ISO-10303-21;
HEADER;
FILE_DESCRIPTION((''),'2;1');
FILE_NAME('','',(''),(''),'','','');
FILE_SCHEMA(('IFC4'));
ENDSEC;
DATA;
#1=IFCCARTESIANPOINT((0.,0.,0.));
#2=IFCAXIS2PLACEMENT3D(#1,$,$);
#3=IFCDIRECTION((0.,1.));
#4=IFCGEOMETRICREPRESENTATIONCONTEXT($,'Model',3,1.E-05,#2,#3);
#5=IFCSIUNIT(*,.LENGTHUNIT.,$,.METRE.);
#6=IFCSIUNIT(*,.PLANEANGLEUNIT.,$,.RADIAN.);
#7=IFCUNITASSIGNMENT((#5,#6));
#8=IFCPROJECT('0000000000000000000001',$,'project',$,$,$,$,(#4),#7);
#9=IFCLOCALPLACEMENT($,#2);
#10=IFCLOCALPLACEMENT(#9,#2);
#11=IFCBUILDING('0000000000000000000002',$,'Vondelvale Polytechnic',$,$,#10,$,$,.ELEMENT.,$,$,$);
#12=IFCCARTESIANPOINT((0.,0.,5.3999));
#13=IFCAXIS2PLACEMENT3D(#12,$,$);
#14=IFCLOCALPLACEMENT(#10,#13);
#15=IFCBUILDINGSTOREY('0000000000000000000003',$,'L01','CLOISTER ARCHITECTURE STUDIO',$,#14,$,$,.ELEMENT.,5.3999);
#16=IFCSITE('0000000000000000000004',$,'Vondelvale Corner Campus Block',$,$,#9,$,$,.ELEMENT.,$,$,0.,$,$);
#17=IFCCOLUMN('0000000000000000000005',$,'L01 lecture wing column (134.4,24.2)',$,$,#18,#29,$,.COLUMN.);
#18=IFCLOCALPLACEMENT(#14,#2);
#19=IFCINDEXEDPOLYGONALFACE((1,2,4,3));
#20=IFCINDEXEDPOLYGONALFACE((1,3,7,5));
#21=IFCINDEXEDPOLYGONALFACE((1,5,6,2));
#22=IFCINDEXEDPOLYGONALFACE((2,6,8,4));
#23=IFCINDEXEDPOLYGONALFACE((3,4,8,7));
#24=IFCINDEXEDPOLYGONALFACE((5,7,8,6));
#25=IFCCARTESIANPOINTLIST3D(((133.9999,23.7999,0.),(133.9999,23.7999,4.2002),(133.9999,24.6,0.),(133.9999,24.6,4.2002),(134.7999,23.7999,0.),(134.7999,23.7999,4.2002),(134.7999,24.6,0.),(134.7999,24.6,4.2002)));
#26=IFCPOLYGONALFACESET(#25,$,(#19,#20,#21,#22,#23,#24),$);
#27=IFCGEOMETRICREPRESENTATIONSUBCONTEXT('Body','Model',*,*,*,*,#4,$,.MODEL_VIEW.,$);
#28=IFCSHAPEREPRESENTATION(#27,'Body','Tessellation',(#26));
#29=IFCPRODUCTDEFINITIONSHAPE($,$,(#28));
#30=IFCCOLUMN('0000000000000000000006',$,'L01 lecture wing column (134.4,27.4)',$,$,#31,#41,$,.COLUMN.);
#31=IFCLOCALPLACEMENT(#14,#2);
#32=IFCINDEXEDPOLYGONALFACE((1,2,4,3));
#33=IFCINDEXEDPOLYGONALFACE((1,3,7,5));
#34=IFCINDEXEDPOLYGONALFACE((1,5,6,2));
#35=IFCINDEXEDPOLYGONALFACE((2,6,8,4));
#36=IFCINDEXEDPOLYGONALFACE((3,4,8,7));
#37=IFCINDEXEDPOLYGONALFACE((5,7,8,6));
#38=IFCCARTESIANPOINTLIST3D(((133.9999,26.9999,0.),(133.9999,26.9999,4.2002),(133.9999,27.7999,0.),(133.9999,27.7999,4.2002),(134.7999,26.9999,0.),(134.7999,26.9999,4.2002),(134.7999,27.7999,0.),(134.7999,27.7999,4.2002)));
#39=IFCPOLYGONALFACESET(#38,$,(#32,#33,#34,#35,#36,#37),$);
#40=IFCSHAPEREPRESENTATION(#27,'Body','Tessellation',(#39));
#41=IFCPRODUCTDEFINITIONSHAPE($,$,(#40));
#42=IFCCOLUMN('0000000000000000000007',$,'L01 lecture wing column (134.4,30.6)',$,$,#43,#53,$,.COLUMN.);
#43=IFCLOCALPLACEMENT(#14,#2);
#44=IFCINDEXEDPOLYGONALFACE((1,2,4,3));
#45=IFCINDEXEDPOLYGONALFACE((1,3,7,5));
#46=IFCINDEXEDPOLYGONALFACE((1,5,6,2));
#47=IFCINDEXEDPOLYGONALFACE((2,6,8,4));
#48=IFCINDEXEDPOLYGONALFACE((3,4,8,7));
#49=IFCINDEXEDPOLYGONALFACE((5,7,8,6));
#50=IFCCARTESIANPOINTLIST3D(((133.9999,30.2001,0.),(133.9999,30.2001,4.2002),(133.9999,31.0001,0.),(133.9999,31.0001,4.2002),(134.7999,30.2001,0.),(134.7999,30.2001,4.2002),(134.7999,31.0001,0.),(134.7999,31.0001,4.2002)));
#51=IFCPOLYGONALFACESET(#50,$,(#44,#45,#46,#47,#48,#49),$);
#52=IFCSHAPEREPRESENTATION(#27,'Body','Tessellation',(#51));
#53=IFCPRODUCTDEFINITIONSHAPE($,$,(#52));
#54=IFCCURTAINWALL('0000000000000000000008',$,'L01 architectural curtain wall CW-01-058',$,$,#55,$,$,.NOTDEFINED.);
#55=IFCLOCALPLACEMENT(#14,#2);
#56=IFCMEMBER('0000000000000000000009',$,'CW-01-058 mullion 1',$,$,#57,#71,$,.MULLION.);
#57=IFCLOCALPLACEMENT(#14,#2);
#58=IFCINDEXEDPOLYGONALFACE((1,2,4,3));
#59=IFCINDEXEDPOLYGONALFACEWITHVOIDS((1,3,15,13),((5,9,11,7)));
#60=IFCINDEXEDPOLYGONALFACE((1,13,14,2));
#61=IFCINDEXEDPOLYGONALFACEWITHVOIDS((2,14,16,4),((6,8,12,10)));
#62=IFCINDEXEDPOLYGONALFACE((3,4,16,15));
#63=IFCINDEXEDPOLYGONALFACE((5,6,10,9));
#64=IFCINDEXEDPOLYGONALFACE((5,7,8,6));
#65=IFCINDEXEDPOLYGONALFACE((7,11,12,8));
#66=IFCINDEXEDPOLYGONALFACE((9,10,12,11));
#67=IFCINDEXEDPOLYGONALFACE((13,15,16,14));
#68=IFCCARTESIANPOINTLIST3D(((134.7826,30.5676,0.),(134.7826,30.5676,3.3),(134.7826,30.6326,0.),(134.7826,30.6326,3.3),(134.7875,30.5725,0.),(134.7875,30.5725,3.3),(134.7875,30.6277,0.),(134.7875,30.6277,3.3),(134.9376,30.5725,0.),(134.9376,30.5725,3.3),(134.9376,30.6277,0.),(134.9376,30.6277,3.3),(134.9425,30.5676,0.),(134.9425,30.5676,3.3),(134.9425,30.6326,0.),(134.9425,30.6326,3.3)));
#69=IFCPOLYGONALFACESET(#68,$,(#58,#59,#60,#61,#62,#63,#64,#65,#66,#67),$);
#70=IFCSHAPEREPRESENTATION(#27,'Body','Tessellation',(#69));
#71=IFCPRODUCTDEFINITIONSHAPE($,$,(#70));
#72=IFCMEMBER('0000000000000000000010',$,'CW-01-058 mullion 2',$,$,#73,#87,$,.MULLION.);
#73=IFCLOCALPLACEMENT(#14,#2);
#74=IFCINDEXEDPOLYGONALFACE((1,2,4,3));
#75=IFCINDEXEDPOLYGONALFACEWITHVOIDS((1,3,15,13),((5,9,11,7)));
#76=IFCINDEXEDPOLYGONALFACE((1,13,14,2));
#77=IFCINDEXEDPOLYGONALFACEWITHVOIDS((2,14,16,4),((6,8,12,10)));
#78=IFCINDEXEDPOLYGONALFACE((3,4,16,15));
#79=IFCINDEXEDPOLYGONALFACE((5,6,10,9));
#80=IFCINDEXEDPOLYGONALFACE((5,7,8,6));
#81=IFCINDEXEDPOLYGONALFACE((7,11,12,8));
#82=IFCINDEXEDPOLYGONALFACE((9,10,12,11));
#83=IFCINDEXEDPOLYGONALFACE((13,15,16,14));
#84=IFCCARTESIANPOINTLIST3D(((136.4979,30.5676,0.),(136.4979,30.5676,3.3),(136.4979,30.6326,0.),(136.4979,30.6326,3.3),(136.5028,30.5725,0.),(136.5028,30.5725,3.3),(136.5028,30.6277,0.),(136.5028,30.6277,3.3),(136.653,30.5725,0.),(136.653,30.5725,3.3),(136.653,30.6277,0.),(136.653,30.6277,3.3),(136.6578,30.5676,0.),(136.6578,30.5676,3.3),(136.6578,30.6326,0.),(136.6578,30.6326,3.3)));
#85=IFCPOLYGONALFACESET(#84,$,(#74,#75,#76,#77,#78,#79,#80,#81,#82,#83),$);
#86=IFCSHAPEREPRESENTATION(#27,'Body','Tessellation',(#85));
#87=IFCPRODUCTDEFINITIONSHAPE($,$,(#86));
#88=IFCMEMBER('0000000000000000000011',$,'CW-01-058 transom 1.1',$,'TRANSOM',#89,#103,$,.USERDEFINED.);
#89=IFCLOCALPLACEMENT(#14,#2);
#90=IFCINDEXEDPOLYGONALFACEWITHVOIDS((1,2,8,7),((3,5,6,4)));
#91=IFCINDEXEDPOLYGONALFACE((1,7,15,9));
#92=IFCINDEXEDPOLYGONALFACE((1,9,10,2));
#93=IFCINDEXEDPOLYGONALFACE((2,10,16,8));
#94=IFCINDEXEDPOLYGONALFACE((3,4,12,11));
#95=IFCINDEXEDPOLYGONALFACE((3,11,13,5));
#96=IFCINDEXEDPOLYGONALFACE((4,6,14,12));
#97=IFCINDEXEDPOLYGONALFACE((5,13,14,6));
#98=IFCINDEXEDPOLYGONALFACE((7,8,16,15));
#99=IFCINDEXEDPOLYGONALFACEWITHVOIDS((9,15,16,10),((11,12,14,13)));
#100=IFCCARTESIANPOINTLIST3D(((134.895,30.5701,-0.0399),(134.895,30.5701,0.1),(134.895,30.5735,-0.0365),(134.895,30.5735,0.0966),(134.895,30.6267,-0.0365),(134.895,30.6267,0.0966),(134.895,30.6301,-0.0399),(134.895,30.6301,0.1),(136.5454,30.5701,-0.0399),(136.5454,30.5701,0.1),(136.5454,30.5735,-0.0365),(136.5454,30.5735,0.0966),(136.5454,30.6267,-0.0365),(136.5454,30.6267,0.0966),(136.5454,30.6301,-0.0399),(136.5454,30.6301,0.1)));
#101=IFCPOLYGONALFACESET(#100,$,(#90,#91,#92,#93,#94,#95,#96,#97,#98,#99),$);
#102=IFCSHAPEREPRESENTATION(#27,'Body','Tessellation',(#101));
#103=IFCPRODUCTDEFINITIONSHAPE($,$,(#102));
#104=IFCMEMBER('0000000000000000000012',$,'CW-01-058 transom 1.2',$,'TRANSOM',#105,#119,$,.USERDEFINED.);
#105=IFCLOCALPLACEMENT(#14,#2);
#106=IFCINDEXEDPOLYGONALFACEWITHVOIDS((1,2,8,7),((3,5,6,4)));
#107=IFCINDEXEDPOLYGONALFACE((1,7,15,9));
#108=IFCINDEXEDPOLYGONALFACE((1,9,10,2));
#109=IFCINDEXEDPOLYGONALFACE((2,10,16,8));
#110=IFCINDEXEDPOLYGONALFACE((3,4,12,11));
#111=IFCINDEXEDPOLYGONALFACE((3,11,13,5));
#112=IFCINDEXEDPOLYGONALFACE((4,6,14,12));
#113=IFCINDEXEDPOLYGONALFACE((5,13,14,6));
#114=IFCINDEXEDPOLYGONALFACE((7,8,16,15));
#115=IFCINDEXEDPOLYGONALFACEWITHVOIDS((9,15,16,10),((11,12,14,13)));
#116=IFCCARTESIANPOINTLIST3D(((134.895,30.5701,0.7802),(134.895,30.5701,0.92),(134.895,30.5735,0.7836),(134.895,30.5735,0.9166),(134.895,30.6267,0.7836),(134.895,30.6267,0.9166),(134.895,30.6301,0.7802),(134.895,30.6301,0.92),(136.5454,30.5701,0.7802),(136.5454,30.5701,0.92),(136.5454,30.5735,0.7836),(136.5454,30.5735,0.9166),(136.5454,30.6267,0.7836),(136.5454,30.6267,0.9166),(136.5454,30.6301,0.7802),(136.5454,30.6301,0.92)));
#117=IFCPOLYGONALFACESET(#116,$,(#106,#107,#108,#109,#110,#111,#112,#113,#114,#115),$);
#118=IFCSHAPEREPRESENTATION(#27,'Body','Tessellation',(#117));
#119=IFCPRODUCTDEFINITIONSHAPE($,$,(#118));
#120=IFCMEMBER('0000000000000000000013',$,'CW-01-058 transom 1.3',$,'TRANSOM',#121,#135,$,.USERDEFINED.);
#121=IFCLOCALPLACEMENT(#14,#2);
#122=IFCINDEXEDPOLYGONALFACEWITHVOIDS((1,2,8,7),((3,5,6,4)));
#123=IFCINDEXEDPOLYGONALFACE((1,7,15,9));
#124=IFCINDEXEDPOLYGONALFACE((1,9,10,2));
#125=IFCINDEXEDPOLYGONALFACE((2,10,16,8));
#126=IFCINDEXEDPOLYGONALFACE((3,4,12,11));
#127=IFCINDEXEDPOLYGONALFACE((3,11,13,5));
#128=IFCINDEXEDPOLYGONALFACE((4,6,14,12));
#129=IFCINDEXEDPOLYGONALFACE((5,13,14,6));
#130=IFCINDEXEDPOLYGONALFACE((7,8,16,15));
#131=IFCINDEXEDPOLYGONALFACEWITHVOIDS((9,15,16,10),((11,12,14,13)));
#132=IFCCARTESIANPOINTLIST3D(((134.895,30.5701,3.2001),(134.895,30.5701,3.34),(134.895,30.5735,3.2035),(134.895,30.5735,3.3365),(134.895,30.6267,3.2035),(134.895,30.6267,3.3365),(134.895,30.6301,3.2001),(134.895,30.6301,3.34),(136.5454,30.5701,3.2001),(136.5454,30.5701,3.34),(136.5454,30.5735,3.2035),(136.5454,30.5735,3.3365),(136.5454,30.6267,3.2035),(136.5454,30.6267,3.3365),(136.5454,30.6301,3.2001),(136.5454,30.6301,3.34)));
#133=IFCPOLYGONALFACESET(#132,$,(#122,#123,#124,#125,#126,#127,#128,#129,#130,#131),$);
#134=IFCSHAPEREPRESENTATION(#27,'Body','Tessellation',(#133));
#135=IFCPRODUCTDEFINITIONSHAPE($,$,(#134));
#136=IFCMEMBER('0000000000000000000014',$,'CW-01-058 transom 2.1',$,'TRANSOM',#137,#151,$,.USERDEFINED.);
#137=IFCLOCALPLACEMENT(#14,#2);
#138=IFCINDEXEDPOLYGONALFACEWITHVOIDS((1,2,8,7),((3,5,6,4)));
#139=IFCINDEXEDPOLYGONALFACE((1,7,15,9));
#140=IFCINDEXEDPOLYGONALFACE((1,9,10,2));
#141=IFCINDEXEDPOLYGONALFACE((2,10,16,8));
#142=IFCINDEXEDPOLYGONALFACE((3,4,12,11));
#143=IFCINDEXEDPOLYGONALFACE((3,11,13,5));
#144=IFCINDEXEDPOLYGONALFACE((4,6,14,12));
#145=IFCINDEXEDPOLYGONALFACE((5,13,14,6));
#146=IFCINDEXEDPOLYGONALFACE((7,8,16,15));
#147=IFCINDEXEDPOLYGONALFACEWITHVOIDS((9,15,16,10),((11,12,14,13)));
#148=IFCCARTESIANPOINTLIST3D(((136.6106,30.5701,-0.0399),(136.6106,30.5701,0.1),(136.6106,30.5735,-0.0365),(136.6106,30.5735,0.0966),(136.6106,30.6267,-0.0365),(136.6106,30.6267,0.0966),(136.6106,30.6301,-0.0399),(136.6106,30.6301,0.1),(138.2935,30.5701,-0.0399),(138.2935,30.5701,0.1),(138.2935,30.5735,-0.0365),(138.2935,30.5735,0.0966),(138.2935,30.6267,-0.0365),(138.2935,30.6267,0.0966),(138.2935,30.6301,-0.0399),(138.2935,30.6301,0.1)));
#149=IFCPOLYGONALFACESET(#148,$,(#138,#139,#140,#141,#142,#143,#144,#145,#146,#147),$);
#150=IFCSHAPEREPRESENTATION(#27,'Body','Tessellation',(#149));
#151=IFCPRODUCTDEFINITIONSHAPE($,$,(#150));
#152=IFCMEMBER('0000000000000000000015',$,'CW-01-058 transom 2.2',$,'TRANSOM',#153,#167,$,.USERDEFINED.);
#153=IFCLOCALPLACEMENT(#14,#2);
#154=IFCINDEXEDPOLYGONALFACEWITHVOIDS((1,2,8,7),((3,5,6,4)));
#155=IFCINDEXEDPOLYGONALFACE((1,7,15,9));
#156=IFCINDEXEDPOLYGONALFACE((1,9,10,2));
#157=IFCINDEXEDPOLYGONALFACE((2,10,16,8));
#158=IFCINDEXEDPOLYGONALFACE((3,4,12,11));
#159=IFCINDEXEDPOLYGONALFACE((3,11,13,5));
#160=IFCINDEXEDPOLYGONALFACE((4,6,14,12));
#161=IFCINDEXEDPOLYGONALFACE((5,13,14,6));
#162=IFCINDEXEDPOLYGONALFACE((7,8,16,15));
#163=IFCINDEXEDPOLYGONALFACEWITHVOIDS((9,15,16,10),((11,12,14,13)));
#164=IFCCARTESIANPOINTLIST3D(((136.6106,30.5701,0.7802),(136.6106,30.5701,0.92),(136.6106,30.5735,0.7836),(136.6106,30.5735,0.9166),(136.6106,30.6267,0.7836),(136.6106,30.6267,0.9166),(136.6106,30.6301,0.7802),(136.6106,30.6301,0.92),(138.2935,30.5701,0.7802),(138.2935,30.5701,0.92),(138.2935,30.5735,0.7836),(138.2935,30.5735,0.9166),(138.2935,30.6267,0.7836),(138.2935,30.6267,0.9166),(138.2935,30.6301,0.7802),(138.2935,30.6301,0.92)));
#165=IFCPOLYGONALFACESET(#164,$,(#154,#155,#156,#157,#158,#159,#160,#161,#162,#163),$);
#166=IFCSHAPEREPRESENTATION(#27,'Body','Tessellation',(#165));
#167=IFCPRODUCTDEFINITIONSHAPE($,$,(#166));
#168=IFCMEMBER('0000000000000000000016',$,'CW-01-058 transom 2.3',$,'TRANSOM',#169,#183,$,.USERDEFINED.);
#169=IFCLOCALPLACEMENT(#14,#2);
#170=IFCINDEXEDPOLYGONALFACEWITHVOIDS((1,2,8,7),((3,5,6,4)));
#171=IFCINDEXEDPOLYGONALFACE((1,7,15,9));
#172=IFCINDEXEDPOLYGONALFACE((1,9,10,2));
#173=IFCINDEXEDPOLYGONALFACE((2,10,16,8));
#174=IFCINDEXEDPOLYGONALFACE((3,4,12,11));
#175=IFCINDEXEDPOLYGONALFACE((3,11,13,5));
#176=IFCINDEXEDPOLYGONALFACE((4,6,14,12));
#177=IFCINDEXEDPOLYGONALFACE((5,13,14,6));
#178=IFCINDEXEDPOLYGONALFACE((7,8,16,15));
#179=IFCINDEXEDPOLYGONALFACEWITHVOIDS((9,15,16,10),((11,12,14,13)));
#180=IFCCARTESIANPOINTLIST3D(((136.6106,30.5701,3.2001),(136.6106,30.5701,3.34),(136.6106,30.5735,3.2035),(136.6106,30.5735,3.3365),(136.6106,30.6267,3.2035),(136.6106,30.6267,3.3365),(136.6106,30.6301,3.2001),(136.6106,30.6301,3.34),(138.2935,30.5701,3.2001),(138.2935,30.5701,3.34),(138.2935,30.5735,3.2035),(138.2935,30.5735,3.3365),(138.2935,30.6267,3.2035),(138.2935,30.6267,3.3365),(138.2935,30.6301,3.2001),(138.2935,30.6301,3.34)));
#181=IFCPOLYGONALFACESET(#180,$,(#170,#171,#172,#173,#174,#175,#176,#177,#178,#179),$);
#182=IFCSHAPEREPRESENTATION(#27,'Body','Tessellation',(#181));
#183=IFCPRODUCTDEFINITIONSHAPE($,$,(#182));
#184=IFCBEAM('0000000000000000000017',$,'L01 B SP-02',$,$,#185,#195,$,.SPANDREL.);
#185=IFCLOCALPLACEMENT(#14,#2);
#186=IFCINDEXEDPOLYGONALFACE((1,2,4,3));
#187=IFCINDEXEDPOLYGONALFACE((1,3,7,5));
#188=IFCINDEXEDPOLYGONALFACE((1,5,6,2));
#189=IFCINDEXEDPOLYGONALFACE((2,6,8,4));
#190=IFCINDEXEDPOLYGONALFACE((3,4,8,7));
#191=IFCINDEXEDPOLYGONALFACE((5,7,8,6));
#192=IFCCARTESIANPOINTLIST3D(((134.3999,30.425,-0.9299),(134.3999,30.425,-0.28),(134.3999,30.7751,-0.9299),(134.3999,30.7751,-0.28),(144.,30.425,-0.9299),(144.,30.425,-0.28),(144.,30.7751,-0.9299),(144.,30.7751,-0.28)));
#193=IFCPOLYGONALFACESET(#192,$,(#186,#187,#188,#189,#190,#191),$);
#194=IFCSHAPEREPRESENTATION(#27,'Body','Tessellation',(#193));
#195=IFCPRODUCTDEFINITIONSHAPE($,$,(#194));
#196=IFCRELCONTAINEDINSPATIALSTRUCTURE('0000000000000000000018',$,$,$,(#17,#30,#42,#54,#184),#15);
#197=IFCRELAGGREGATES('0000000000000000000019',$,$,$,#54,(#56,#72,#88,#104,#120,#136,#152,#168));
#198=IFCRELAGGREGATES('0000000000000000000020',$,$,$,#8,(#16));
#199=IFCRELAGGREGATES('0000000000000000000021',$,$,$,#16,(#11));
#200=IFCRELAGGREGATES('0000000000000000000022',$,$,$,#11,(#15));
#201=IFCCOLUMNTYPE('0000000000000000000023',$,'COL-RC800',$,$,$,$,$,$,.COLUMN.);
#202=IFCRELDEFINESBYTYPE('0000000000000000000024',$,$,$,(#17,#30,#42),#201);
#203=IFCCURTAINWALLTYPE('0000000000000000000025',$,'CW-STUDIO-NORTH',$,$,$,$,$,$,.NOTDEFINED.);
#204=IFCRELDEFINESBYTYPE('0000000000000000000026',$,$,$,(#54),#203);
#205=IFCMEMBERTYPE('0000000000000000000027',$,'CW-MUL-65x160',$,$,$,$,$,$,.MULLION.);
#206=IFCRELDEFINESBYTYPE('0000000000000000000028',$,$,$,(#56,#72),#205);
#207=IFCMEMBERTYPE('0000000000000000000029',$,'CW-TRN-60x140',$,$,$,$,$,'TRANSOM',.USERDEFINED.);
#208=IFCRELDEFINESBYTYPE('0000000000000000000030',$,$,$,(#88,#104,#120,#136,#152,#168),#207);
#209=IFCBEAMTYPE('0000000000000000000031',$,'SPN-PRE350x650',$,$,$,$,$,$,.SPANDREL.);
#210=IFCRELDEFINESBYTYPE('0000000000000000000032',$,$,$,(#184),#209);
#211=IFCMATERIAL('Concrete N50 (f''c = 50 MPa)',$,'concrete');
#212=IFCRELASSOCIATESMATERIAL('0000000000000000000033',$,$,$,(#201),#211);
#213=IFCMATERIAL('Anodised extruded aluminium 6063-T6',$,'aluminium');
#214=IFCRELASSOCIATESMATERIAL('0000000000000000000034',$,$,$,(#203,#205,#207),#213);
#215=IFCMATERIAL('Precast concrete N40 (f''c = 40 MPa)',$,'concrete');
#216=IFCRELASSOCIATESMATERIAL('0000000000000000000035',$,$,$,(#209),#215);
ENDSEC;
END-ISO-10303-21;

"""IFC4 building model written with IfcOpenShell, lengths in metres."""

from ifc_helpers import new_model, si_unit, direction, frame, origin, origin_2d, place, context, subcontext, project, spatial, rectangle, hollow_rectangle, extrude, material, material_profile, profile_set, type_object, element, aggregate, save


model = new_model("IFC4")

# Units and contexts
model_context = context("Model", 3, precision=1e-05, world=origin(), true_north=direction((0.0, 1.0)))
body_context = subcontext(model_context, "Body", "Model", "MODEL_VIEW")
ifc_project = project(units=[si_unit("LENGTHUNIT", "METRE"), si_unit("PLANEANGLEUNIT", "RADIAN")], contexts=[model_context])

# Site, building, storey
site_placement = place(None, origin())
site = spatial("IfcSite", under=ifc_project, at=site_placement, Name="Vondelvale Corner Campus Block", CompositionType="ELEMENT", RefElevation=0.0)
building_placement = place(site_placement, origin())
building = spatial("IfcBuilding", under=site, at=building_placement, Name="Vondelvale Polytechnic", CompositionType="ELEMENT")
storey_placement = place(building_placement, frame((0.0, 0.0, 5.3999)))
storey = spatial("IfcBuildingStorey", under=building, at=storey_placement, Name="L01", Description="CLOISTER ARCHITECTURE STUDIO", CompositionType="ELEMENT", Elevation=5.3999)

# Columns
ifc_material_1 = material(Name="Concrete N50 (f'c = 50 MPa)", Category="concrete")
ifc_material_profile_1 = material_profile(ifc_material_1, rectangle(XDim=0.8, YDim=0.8, at=origin_2d()), Name="RC-COL-800x800")
ifc_profile_set_1 = profile_set([ifc_material_profile_1], Name="Concrete N50 (f'c = 50 MPa)")
column_type = type_object("IfcColumnType", Name="COL-RC800", PredefinedType="COLUMN", material=ifc_profile_set_1)
for number, where, z_axis, x_axis, name in (
    (1, (134.3999, 24.2, 0.0), (0.0, 0.0, 1.0), (1.0, 0.0, 0.0), "L01 lecture wing column (134.4,24.2)"),
    (2, (134.3999, 27.3999, 0.0), (0.0, 0.0, 1.0), (1.0, 0.0, 0.0), "L01 lecture wing column (134.4,27.4)"),
    (3, (134.3999, 30.6001, 0.0), (0.0, 0.0, 1.0), (1.0, 0.0, 0.0), "L01 lecture wing column (134.4,30.6)"),
):
    element("IfcColumn", number, at=place(storey_placement, frame(where, z_axis=z_axis, x_axis=x_axis)), inside=storey, type_object=column_type, Name=name, PredefinedType="COLUMN", context=body_context, shape_type="SweptSolid", body=[
        extrude(rectangle(XDim=0.8, YDim=0.8, at=origin_2d()), origin(), (0.0, 0.0, 1.0), 4.2002),
    ])

# Curtain wall, members
ifc_material_2 = material(Name="Anodised extruded aluminium 6063-T6", Category="aluminium")
curtain_wall_type = type_object("IfcCurtainWallType", Name="CW-STUDIO-NORTH", PredefinedType="NOTDEFINED", material=ifc_material_2)
curtain_wall_placement = place(storey_placement, origin())
curtain_wall = element("IfcCurtainWall", 4, at=curtain_wall_placement, inside=storey, type_object=curtain_wall_type, Name="L01 architectural curtain wall CW-01-058", PredefinedType="NOTDEFINED")
ifc_material_profile_2 = material_profile(ifc_material_2, hollow_rectangle(XDim=0.0649, YDim=0.1599, WallThickness=0.0049, at=origin_2d()), Name="CW-MUL-160x65")
ifc_profile_set_2 = profile_set([ifc_material_profile_2], Name="Anodised extruded aluminium 6063-T6")
member_type_1 = type_object("IfcMemberType", Name="CW-MUL-65x160", PredefinedType="MULLION", material=ifc_profile_set_2)
member_1_placement = place(storey_placement, frame((134.8625, 30.6001, 0.0), z_axis=(0.0, 0.0, 1.0), x_axis=(0.0, 1.0, 0.0)))
member_1 = element("IfcMember", 5, at=member_1_placement, type_object=member_type_1, Name="CW-01-058 mullion 1", PredefinedType="MULLION", context=body_context, shape_type="SweptSolid", body=[
    extrude(hollow_rectangle(XDim=0.0649, YDim=0.1599, WallThickness=0.0049, at=origin_2d()), origin(), (0.0, 0.0, 1.0), 3.3),
])
member_2_placement = place(storey_placement, frame((136.5779, 30.6001, 0.0), z_axis=(0.0, 0.0, 1.0), x_axis=(0.0, 1.0, 0.0)))
member_2 = element("IfcMember", 6, at=member_2_placement, type_object=member_type_1, Name="CW-01-058 mullion 2", PredefinedType="MULLION", context=body_context, shape_type="SweptSolid", body=[
    extrude(hollow_rectangle(XDim=0.0649, YDim=0.1599, WallThickness=0.0049, at=origin_2d()), origin(), (0.0, 0.0, 1.0), 3.3),
])
ifc_material_profile_3 = material_profile(ifc_material_2, hollow_rectangle(XDim=0.0601, YDim=0.1399, WallThickness=0.0034, at=origin_2d()), Name="CW-TRN-140x60")
ifc_profile_set_3 = profile_set([ifc_material_profile_3], Name="Anodised extruded aluminium 6063-T6")
member_type_2 = type_object("IfcMemberType", Name="CW-TRN-60x140", ElementType="TRANSOM", PredefinedType="USERDEFINED", material=ifc_profile_set_3)
member_3_placement = place(storey_placement, frame((134.895, 30.6001, 0.03), z_axis=(1.0, 0.0, 0.0), x_axis=(0.0, 1.0, 0.0)))
member_3 = element("IfcMember", 7, at=member_3_placement, type_object=member_type_2, Name="CW-01-058 transom 1.1", ObjectType="TRANSOM", PredefinedType="USERDEFINED", context=body_context, shape_type="SweptSolid", body=[
    extrude(hollow_rectangle(XDim=0.0601, YDim=0.1399, WallThickness=0.0034, at=origin_2d()), origin(), (0.0, 0.0, 1.0), 1.6504),
])
member_4_placement = place(storey_placement, frame((134.895, 30.6001, 0.8501), z_axis=(1.0, 0.0, 0.0), x_axis=(0.0, 1.0, 0.0)))
member_4 = element("IfcMember", 8, at=member_4_placement, type_object=member_type_2, Name="CW-01-058 transom 1.2", ObjectType="TRANSOM", PredefinedType="USERDEFINED", context=body_context, shape_type="SweptSolid", body=[
    extrude(hollow_rectangle(XDim=0.0601, YDim=0.1399, WallThickness=0.0034, at=origin_2d()), origin(), (0.0, 0.0, 1.0), 1.6504),
])
member_5_placement = place(storey_placement, frame((134.895, 30.6001, 3.27), z_axis=(1.0, 0.0, 0.0), x_axis=(0.0, 1.0, 0.0)))
member_5 = element("IfcMember", 9, at=member_5_placement, type_object=member_type_2, Name="CW-01-058 transom 1.3", ObjectType="TRANSOM", PredefinedType="USERDEFINED", context=body_context, shape_type="SweptSolid", body=[
    extrude(hollow_rectangle(XDim=0.0601, YDim=0.1399, WallThickness=0.0034, at=origin_2d()), origin(), (0.0, 0.0, 1.0), 1.6504),
])
member_6_placement = place(storey_placement, frame((136.6106, 30.6001, 0.03), z_axis=(1.0, 0.0, 0.0), x_axis=(0.0, 1.0, 0.0)))
member_6 = element("IfcMember", 10, at=member_6_placement, type_object=member_type_2, Name="CW-01-058 transom 2.1", ObjectType="TRANSOM", PredefinedType="USERDEFINED", context=body_context, shape_type="SweptSolid", body=[
    extrude(hollow_rectangle(XDim=0.0601, YDim=0.1399, WallThickness=0.0034, at=origin_2d()), origin(), (0.0, 0.0, 1.0), 1.6829),
])
member_7_placement = place(storey_placement, frame((136.6106, 30.6001, 0.8501), z_axis=(1.0, 0.0, 0.0), x_axis=(0.0, 1.0, 0.0)))
member_7 = element("IfcMember", 11, at=member_7_placement, type_object=member_type_2, Name="CW-01-058 transom 2.2", ObjectType="TRANSOM", PredefinedType="USERDEFINED", context=body_context, shape_type="SweptSolid", body=[
    extrude(hollow_rectangle(XDim=0.0601, YDim=0.1399, WallThickness=0.0034, at=origin_2d()), origin(), (0.0, 0.0, 1.0), 1.6829),
])
member_8_placement = place(storey_placement, frame((136.6106, 30.6001, 3.27), z_axis=(1.0, 0.0, 0.0), x_axis=(0.0, 1.0, 0.0)))
member_8 = element("IfcMember", 12, at=member_8_placement, type_object=member_type_2, Name="CW-01-058 transom 2.3", ObjectType="TRANSOM", PredefinedType="USERDEFINED", context=body_context, shape_type="SweptSolid", body=[
    extrude(hollow_rectangle(XDim=0.0601, YDim=0.1399, WallThickness=0.0034, at=origin_2d()), origin(), (0.0, 0.0, 1.0), 1.6829),
])

# Beam
ifc_material_3 = material(Name="Precast concrete N40 (f'c = 40 MPa)", Category="concrete")
ifc_material_profile_4 = material_profile(ifc_material_3, rectangle(XDim=0.3501, YDim=0.6499, at=origin_2d()), Name="RC-SPN-350x650")
ifc_profile_set_4 = profile_set([ifc_material_profile_4], Name="Precast concrete N40 (f'c = 40 MPa)")
beam_type = type_object("IfcBeamType", Name="SPN-PRE350x650", PredefinedType="SPANDREL", material=ifc_profile_set_4)
beam_placement = place(storey_placement, frame((134.3999, 30.6001, -0.605), z_axis=(1.0, 0.0, 0.0), x_axis=(0.0, 1.0, 0.0)))
element("IfcBeam", 13, at=beam_placement, inside=storey, type_object=beam_type, Name="L01 B SP-02", PredefinedType="SPANDREL", context=body_context, shape_type="SweptSolid", body=[
    extrude(rectangle(XDim=0.3501, YDim=0.6499, at=origin_2d()), origin(), (0.0, 0.0, 1.0), 9.6001),
])

aggregate(curtain_wall, [member_1, member_2, member_3, member_4, member_5, member_6, member_7, member_8])

save(model, "model.ifc")
